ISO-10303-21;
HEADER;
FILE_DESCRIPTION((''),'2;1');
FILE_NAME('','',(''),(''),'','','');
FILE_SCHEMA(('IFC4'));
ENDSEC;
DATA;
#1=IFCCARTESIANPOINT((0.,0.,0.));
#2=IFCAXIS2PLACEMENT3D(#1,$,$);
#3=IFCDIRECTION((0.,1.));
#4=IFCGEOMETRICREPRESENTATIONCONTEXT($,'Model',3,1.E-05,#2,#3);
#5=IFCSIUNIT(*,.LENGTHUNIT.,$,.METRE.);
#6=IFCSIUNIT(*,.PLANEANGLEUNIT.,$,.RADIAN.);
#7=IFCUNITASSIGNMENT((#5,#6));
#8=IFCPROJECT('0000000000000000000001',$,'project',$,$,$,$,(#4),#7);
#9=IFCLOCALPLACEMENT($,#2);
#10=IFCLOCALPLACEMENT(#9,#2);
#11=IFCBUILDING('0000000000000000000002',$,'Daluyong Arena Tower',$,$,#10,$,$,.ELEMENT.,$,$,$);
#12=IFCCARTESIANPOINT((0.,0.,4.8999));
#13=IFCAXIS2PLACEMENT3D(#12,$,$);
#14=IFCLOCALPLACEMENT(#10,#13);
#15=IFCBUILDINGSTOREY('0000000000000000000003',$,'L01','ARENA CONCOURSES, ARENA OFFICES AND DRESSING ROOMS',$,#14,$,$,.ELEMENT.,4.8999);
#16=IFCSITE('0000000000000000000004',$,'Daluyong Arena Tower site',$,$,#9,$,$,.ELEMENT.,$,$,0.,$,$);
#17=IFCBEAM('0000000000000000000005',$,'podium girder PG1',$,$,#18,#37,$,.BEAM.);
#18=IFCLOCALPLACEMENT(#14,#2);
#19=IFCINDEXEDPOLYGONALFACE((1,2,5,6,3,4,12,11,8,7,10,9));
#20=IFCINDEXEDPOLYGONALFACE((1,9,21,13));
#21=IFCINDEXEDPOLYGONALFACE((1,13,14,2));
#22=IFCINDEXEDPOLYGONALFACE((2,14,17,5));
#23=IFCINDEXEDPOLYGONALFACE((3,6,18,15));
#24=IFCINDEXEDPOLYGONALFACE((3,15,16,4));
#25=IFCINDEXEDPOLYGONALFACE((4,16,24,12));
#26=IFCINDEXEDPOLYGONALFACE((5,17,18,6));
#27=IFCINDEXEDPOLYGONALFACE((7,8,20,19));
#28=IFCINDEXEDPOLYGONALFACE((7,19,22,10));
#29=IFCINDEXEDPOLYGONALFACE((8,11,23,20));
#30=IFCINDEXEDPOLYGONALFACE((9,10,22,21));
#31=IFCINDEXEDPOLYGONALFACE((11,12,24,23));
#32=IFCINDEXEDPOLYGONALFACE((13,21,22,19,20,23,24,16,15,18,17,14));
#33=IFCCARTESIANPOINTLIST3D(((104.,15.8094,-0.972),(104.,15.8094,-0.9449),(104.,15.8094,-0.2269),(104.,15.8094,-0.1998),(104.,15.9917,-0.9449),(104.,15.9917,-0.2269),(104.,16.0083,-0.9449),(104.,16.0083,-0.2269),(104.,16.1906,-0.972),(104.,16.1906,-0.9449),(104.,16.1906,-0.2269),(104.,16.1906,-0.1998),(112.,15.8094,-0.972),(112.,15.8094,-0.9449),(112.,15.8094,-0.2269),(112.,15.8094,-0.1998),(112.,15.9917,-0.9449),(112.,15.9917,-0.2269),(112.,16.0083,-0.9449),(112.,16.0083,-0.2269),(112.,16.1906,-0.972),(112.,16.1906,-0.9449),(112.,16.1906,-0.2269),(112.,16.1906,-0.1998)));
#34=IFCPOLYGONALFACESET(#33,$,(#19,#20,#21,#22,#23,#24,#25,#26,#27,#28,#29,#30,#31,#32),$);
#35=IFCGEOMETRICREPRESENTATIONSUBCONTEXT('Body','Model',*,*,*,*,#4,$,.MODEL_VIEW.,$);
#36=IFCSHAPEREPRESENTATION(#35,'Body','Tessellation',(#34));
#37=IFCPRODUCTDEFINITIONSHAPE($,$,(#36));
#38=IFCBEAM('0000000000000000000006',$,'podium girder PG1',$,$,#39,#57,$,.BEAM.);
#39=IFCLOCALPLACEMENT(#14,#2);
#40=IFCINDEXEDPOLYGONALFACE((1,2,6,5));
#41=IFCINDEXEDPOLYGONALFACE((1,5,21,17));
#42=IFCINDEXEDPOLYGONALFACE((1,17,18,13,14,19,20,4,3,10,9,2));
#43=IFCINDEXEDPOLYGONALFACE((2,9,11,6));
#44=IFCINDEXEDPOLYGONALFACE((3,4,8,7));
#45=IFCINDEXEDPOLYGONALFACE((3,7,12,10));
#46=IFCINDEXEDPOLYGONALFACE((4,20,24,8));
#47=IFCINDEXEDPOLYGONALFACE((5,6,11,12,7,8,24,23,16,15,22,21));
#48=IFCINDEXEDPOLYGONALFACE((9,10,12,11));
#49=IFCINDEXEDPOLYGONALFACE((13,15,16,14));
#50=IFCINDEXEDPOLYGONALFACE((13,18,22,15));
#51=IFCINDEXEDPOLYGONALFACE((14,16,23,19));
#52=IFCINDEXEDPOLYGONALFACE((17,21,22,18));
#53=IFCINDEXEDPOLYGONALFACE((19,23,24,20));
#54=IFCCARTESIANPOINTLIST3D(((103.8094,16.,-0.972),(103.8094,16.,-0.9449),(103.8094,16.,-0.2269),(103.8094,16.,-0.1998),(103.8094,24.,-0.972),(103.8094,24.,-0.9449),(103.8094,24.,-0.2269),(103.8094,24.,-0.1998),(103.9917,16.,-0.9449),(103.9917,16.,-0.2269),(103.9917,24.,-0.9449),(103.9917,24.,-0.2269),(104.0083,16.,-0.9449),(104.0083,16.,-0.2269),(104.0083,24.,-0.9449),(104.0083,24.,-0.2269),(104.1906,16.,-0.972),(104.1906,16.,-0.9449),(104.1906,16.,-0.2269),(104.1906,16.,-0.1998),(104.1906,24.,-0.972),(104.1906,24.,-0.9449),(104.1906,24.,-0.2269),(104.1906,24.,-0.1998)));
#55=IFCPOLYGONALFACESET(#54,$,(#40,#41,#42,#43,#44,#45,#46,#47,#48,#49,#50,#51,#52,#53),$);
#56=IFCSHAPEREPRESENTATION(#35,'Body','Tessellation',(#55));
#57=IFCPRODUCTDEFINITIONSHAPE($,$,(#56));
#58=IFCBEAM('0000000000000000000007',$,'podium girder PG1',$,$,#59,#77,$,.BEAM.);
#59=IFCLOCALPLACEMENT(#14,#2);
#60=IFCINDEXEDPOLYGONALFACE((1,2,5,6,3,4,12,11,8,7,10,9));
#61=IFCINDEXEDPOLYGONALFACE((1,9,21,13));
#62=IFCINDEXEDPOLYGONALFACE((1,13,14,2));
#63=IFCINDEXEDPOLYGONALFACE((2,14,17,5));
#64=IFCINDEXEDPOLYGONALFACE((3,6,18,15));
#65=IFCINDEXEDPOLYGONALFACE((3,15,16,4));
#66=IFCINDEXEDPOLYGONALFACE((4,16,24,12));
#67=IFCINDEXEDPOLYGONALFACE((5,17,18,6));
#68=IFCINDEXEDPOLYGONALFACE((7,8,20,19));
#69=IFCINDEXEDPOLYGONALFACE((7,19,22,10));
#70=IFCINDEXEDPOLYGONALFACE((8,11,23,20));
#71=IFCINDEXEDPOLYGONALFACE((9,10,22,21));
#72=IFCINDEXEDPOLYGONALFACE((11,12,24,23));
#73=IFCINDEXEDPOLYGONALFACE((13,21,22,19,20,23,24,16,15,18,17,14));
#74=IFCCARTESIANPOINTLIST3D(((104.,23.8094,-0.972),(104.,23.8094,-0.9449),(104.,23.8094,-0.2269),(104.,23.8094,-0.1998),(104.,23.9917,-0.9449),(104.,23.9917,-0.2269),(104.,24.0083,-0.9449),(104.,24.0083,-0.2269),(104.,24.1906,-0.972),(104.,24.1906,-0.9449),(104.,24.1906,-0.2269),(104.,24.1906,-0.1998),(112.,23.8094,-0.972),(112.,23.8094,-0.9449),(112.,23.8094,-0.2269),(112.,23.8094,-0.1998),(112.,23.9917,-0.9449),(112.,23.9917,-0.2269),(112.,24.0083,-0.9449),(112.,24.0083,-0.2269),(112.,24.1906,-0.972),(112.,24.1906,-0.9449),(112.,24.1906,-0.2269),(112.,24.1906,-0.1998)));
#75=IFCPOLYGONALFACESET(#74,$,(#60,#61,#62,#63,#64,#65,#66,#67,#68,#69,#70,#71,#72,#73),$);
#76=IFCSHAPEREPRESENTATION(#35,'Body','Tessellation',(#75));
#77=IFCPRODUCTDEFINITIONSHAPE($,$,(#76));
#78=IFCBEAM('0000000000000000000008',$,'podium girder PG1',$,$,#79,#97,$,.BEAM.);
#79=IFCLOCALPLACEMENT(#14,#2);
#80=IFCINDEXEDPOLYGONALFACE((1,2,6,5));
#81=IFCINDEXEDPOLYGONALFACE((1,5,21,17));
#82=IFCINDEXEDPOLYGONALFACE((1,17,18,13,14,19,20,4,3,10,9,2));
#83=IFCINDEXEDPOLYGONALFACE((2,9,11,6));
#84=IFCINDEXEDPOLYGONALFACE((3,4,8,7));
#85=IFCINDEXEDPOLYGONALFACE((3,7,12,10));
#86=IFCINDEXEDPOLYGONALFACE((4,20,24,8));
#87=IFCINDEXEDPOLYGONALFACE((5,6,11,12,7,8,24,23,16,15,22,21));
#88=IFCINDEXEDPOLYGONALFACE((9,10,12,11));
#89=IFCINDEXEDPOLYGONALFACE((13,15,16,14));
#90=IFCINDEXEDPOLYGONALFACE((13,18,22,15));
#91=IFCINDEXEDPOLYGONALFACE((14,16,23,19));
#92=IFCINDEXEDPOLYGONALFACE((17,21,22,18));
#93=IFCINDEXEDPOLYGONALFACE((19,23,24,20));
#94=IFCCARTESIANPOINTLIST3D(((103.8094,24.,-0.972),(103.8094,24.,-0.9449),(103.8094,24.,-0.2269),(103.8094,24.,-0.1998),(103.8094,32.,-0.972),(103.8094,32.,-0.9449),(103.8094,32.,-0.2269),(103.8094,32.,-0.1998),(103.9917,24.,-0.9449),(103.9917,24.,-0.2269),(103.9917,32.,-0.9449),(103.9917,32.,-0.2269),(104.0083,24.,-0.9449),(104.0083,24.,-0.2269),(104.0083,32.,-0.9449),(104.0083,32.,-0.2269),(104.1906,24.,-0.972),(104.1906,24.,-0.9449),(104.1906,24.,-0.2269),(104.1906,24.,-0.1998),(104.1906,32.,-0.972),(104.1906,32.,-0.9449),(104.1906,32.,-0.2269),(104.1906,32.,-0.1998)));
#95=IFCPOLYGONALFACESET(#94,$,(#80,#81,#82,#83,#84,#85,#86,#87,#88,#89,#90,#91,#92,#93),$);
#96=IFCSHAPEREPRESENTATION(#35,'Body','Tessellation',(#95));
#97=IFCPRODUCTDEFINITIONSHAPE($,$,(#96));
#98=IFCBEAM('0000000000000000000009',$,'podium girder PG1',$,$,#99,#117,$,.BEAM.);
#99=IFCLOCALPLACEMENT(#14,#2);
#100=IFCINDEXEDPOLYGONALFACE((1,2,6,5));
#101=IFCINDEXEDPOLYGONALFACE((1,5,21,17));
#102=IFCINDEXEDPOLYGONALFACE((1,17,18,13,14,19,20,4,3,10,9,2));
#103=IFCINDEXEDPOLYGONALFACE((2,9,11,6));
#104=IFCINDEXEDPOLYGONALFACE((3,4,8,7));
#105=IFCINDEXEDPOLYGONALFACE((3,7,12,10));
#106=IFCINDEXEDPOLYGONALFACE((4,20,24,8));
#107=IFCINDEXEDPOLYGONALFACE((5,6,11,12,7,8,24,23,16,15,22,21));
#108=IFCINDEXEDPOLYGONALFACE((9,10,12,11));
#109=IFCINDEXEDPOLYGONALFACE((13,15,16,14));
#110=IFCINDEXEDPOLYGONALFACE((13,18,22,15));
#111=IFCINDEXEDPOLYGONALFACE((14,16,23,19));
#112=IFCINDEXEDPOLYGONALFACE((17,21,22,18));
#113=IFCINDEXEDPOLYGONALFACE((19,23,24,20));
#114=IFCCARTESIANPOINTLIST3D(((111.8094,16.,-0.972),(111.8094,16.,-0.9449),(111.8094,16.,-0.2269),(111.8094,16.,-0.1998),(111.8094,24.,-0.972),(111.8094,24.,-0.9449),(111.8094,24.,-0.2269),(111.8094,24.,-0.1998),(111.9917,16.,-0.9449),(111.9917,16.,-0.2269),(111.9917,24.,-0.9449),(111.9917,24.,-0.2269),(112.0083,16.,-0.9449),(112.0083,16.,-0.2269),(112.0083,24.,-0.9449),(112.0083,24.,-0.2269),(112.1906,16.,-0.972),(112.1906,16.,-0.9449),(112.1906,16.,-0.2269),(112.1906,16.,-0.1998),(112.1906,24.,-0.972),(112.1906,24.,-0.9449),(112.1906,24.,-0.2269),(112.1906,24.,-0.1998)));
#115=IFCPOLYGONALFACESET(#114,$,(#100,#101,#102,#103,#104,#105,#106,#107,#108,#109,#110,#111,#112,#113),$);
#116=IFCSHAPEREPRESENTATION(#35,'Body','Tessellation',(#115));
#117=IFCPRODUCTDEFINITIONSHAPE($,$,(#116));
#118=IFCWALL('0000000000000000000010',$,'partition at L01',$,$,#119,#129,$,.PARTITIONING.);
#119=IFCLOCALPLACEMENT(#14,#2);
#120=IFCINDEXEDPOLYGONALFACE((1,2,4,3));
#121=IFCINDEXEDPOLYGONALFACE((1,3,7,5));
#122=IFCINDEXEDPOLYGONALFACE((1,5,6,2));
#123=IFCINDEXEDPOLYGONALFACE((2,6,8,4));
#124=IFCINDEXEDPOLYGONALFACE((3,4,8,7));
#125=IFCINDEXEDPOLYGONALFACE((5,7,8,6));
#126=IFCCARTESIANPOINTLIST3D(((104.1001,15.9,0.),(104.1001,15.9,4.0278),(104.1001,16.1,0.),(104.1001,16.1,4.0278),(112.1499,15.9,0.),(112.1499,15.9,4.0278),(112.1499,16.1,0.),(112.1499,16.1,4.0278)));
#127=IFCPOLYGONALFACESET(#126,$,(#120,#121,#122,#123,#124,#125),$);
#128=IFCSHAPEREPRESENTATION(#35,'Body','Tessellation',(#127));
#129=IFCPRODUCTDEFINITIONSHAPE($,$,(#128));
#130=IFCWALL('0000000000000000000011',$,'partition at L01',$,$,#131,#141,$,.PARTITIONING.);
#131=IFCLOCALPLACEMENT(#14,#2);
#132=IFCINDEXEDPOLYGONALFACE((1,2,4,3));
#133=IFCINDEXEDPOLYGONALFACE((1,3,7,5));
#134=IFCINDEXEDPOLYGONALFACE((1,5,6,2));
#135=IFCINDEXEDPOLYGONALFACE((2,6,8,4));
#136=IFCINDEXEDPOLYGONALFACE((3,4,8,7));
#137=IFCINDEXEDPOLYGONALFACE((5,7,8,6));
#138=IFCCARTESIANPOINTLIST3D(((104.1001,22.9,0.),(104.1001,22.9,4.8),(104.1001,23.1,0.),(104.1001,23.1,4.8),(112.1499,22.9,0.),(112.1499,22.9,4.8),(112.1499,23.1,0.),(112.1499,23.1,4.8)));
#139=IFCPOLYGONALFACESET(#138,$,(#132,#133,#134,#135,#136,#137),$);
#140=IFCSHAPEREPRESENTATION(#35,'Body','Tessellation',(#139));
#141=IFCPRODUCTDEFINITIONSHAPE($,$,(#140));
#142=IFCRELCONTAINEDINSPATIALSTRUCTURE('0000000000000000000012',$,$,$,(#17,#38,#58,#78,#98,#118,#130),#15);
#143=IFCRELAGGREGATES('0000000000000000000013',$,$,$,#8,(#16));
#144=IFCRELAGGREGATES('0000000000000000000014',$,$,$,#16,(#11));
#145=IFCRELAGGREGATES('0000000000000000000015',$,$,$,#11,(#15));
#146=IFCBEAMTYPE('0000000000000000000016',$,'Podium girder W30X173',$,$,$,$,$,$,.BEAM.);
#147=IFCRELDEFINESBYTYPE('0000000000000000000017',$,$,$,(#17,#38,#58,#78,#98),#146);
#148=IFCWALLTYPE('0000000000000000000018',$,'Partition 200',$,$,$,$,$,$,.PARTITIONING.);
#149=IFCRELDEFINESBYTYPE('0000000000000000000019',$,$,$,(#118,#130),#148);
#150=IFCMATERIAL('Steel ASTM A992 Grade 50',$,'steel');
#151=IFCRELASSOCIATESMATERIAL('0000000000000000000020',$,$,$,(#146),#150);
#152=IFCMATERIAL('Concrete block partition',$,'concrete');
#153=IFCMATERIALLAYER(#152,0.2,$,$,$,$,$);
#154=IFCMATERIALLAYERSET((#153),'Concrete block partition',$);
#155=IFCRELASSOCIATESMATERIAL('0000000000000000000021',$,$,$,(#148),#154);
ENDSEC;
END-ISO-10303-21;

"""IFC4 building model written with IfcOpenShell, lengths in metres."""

from ifc_helpers import new_model, si_unit, direction, frame, frame_2d, origin, origin_2d, place, context, subcontext, project, spatial, rectangle, i_section, extrude, material, layer, layer_set, material_profile, profile_set, type_object, element, save


model = new_model("IFC4")

# Units and contexts
model_context = context("Model", 3, precision=1e-05, world=origin(), true_north=direction((0.0, 1.0)))
body_context = subcontext(model_context, "Body", "Model", "MODEL_VIEW")
ifc_project = project(units=[si_unit("LENGTHUNIT", "METRE"), si_unit("PLANEANGLEUNIT", "RADIAN")], contexts=[model_context])

# Site, building, storey
site_placement = place(None, origin())
site = spatial("IfcSite", under=ifc_project, at=site_placement, Name="Daluyong Arena Tower site", CompositionType="ELEMENT", RefElevation=0.0)
building_placement = place(site_placement, origin())
building = spatial("IfcBuilding", under=site, at=building_placement, Name="Daluyong Arena Tower", CompositionType="ELEMENT")
storey_placement = place(building_placement, frame((0.0, 0.0, 4.8999)))
storey = spatial("IfcBuildingStorey", under=building, at=storey_placement, Name="L01", Description="ARENA CONCOURSES, ARENA OFFICES AND DRESSING ROOMS", CompositionType="ELEMENT", Elevation=4.8999)

# Beams
ifc_material_1 = material(Name="Steel ASTM A992 Grade 50", Category="steel")
ifc_material_profile_1 = material_profile(ifc_material_1, i_section(OverallWidth=0.3811, OverallDepth=0.7722, WebThickness=0.0166, FlangeThickness=0.0271, at=origin_2d()))
ifc_profile_set_1 = profile_set([ifc_material_profile_1], Name="Steel ASTM A992 Grade 50")
beam_type_1 = type_object("IfcBeamType", Name="Podium girder W30X173", PredefinedType="BEAM", material=ifc_profile_set_1)
for number, where, z_axis, x_axis, name in (
    (1, (104.0, 16.0, -0.5859), (1.0, 0.0, 0.0), (0.0, 1.0, 0.0), "podium girder PG1"),
    (2, (104.0, 16.0, -0.5859), (0.0, 1.0, 0.0), (-1.0, 0.0, 0.0), "podium girder PG1"),
    (3, (104.0, 24.0, -0.5859), (1.0, 0.0, 0.0), (0.0, 1.0, 0.0), "podium girder PG1"),
    (4, (104.0, 24.0, -0.5859), (0.0, 1.0, 0.0), (-1.0, 0.0, 0.0), "podium girder PG1"),
    (5, (112.0, 16.0, -0.5859), (0.0, 1.0, 0.0), (-1.0, 0.0, 0.0), "podium girder PG1"),
):
    element("IfcBeam", number, at=place(storey_placement, frame(where, z_axis=z_axis, x_axis=x_axis)), inside=storey, type_object=beam_type_1, Name=name, PredefinedType="BEAM", context=body_context, shape_type="SweptSolid", body=[
        extrude(i_section(OverallWidth=0.3811, OverallDepth=0.7722, WebThickness=0.0166, FlangeThickness=0.0271, at=origin_2d()), origin(), (0.0, 0.0, 1.0), 8.0),
    ])

# Walls
ifc_material_2 = material(Name="Concrete block partition", Category="concrete")
ifc_layer = layer(ifc_material_2, 0.2)
ifc_layer_set = layer_set([ifc_layer], Name="Concrete block partition")
wall_type = type_object("IfcWallType", Name="Partition 200", PredefinedType="PARTITIONING", material=ifc_layer_set)
wall_1_placement = place(storey_placement, frame((104.1001, 16.0, 0.0), z_axis=(0.0, 0.0, 1.0), x_axis=(1.0, 0.0, 0.0)))
element("IfcWall", 6, at=wall_1_placement, inside=storey, type_object=wall_type, Name="partition at L01", PredefinedType="PARTITIONING", context=body_context, shape_type="SweptSolid", body=[
    extrude(rectangle(XDim=8.0498, YDim=0.2, at=frame_2d((4.0249, 0.0))), origin(), (0.0, 0.0, 1.0), 4.0278),
])
wall_2_placement = place(storey_placement, frame((104.1001, 23.0, 0.0), z_axis=(0.0, 0.0, 1.0), x_axis=(1.0, 0.0, 0.0)))
element("IfcWall", 7, at=wall_2_placement, inside=storey, type_object=wall_type, Name="partition at L01", PredefinedType="PARTITIONING", context=body_context, shape_type="SweptSolid", body=[
    extrude(rectangle(XDim=8.0498, YDim=0.2, at=frame_2d((4.0249, 0.0))), origin(), (0.0, 0.0, 1.0), 4.8),
])

save(model, "model.ifc")
